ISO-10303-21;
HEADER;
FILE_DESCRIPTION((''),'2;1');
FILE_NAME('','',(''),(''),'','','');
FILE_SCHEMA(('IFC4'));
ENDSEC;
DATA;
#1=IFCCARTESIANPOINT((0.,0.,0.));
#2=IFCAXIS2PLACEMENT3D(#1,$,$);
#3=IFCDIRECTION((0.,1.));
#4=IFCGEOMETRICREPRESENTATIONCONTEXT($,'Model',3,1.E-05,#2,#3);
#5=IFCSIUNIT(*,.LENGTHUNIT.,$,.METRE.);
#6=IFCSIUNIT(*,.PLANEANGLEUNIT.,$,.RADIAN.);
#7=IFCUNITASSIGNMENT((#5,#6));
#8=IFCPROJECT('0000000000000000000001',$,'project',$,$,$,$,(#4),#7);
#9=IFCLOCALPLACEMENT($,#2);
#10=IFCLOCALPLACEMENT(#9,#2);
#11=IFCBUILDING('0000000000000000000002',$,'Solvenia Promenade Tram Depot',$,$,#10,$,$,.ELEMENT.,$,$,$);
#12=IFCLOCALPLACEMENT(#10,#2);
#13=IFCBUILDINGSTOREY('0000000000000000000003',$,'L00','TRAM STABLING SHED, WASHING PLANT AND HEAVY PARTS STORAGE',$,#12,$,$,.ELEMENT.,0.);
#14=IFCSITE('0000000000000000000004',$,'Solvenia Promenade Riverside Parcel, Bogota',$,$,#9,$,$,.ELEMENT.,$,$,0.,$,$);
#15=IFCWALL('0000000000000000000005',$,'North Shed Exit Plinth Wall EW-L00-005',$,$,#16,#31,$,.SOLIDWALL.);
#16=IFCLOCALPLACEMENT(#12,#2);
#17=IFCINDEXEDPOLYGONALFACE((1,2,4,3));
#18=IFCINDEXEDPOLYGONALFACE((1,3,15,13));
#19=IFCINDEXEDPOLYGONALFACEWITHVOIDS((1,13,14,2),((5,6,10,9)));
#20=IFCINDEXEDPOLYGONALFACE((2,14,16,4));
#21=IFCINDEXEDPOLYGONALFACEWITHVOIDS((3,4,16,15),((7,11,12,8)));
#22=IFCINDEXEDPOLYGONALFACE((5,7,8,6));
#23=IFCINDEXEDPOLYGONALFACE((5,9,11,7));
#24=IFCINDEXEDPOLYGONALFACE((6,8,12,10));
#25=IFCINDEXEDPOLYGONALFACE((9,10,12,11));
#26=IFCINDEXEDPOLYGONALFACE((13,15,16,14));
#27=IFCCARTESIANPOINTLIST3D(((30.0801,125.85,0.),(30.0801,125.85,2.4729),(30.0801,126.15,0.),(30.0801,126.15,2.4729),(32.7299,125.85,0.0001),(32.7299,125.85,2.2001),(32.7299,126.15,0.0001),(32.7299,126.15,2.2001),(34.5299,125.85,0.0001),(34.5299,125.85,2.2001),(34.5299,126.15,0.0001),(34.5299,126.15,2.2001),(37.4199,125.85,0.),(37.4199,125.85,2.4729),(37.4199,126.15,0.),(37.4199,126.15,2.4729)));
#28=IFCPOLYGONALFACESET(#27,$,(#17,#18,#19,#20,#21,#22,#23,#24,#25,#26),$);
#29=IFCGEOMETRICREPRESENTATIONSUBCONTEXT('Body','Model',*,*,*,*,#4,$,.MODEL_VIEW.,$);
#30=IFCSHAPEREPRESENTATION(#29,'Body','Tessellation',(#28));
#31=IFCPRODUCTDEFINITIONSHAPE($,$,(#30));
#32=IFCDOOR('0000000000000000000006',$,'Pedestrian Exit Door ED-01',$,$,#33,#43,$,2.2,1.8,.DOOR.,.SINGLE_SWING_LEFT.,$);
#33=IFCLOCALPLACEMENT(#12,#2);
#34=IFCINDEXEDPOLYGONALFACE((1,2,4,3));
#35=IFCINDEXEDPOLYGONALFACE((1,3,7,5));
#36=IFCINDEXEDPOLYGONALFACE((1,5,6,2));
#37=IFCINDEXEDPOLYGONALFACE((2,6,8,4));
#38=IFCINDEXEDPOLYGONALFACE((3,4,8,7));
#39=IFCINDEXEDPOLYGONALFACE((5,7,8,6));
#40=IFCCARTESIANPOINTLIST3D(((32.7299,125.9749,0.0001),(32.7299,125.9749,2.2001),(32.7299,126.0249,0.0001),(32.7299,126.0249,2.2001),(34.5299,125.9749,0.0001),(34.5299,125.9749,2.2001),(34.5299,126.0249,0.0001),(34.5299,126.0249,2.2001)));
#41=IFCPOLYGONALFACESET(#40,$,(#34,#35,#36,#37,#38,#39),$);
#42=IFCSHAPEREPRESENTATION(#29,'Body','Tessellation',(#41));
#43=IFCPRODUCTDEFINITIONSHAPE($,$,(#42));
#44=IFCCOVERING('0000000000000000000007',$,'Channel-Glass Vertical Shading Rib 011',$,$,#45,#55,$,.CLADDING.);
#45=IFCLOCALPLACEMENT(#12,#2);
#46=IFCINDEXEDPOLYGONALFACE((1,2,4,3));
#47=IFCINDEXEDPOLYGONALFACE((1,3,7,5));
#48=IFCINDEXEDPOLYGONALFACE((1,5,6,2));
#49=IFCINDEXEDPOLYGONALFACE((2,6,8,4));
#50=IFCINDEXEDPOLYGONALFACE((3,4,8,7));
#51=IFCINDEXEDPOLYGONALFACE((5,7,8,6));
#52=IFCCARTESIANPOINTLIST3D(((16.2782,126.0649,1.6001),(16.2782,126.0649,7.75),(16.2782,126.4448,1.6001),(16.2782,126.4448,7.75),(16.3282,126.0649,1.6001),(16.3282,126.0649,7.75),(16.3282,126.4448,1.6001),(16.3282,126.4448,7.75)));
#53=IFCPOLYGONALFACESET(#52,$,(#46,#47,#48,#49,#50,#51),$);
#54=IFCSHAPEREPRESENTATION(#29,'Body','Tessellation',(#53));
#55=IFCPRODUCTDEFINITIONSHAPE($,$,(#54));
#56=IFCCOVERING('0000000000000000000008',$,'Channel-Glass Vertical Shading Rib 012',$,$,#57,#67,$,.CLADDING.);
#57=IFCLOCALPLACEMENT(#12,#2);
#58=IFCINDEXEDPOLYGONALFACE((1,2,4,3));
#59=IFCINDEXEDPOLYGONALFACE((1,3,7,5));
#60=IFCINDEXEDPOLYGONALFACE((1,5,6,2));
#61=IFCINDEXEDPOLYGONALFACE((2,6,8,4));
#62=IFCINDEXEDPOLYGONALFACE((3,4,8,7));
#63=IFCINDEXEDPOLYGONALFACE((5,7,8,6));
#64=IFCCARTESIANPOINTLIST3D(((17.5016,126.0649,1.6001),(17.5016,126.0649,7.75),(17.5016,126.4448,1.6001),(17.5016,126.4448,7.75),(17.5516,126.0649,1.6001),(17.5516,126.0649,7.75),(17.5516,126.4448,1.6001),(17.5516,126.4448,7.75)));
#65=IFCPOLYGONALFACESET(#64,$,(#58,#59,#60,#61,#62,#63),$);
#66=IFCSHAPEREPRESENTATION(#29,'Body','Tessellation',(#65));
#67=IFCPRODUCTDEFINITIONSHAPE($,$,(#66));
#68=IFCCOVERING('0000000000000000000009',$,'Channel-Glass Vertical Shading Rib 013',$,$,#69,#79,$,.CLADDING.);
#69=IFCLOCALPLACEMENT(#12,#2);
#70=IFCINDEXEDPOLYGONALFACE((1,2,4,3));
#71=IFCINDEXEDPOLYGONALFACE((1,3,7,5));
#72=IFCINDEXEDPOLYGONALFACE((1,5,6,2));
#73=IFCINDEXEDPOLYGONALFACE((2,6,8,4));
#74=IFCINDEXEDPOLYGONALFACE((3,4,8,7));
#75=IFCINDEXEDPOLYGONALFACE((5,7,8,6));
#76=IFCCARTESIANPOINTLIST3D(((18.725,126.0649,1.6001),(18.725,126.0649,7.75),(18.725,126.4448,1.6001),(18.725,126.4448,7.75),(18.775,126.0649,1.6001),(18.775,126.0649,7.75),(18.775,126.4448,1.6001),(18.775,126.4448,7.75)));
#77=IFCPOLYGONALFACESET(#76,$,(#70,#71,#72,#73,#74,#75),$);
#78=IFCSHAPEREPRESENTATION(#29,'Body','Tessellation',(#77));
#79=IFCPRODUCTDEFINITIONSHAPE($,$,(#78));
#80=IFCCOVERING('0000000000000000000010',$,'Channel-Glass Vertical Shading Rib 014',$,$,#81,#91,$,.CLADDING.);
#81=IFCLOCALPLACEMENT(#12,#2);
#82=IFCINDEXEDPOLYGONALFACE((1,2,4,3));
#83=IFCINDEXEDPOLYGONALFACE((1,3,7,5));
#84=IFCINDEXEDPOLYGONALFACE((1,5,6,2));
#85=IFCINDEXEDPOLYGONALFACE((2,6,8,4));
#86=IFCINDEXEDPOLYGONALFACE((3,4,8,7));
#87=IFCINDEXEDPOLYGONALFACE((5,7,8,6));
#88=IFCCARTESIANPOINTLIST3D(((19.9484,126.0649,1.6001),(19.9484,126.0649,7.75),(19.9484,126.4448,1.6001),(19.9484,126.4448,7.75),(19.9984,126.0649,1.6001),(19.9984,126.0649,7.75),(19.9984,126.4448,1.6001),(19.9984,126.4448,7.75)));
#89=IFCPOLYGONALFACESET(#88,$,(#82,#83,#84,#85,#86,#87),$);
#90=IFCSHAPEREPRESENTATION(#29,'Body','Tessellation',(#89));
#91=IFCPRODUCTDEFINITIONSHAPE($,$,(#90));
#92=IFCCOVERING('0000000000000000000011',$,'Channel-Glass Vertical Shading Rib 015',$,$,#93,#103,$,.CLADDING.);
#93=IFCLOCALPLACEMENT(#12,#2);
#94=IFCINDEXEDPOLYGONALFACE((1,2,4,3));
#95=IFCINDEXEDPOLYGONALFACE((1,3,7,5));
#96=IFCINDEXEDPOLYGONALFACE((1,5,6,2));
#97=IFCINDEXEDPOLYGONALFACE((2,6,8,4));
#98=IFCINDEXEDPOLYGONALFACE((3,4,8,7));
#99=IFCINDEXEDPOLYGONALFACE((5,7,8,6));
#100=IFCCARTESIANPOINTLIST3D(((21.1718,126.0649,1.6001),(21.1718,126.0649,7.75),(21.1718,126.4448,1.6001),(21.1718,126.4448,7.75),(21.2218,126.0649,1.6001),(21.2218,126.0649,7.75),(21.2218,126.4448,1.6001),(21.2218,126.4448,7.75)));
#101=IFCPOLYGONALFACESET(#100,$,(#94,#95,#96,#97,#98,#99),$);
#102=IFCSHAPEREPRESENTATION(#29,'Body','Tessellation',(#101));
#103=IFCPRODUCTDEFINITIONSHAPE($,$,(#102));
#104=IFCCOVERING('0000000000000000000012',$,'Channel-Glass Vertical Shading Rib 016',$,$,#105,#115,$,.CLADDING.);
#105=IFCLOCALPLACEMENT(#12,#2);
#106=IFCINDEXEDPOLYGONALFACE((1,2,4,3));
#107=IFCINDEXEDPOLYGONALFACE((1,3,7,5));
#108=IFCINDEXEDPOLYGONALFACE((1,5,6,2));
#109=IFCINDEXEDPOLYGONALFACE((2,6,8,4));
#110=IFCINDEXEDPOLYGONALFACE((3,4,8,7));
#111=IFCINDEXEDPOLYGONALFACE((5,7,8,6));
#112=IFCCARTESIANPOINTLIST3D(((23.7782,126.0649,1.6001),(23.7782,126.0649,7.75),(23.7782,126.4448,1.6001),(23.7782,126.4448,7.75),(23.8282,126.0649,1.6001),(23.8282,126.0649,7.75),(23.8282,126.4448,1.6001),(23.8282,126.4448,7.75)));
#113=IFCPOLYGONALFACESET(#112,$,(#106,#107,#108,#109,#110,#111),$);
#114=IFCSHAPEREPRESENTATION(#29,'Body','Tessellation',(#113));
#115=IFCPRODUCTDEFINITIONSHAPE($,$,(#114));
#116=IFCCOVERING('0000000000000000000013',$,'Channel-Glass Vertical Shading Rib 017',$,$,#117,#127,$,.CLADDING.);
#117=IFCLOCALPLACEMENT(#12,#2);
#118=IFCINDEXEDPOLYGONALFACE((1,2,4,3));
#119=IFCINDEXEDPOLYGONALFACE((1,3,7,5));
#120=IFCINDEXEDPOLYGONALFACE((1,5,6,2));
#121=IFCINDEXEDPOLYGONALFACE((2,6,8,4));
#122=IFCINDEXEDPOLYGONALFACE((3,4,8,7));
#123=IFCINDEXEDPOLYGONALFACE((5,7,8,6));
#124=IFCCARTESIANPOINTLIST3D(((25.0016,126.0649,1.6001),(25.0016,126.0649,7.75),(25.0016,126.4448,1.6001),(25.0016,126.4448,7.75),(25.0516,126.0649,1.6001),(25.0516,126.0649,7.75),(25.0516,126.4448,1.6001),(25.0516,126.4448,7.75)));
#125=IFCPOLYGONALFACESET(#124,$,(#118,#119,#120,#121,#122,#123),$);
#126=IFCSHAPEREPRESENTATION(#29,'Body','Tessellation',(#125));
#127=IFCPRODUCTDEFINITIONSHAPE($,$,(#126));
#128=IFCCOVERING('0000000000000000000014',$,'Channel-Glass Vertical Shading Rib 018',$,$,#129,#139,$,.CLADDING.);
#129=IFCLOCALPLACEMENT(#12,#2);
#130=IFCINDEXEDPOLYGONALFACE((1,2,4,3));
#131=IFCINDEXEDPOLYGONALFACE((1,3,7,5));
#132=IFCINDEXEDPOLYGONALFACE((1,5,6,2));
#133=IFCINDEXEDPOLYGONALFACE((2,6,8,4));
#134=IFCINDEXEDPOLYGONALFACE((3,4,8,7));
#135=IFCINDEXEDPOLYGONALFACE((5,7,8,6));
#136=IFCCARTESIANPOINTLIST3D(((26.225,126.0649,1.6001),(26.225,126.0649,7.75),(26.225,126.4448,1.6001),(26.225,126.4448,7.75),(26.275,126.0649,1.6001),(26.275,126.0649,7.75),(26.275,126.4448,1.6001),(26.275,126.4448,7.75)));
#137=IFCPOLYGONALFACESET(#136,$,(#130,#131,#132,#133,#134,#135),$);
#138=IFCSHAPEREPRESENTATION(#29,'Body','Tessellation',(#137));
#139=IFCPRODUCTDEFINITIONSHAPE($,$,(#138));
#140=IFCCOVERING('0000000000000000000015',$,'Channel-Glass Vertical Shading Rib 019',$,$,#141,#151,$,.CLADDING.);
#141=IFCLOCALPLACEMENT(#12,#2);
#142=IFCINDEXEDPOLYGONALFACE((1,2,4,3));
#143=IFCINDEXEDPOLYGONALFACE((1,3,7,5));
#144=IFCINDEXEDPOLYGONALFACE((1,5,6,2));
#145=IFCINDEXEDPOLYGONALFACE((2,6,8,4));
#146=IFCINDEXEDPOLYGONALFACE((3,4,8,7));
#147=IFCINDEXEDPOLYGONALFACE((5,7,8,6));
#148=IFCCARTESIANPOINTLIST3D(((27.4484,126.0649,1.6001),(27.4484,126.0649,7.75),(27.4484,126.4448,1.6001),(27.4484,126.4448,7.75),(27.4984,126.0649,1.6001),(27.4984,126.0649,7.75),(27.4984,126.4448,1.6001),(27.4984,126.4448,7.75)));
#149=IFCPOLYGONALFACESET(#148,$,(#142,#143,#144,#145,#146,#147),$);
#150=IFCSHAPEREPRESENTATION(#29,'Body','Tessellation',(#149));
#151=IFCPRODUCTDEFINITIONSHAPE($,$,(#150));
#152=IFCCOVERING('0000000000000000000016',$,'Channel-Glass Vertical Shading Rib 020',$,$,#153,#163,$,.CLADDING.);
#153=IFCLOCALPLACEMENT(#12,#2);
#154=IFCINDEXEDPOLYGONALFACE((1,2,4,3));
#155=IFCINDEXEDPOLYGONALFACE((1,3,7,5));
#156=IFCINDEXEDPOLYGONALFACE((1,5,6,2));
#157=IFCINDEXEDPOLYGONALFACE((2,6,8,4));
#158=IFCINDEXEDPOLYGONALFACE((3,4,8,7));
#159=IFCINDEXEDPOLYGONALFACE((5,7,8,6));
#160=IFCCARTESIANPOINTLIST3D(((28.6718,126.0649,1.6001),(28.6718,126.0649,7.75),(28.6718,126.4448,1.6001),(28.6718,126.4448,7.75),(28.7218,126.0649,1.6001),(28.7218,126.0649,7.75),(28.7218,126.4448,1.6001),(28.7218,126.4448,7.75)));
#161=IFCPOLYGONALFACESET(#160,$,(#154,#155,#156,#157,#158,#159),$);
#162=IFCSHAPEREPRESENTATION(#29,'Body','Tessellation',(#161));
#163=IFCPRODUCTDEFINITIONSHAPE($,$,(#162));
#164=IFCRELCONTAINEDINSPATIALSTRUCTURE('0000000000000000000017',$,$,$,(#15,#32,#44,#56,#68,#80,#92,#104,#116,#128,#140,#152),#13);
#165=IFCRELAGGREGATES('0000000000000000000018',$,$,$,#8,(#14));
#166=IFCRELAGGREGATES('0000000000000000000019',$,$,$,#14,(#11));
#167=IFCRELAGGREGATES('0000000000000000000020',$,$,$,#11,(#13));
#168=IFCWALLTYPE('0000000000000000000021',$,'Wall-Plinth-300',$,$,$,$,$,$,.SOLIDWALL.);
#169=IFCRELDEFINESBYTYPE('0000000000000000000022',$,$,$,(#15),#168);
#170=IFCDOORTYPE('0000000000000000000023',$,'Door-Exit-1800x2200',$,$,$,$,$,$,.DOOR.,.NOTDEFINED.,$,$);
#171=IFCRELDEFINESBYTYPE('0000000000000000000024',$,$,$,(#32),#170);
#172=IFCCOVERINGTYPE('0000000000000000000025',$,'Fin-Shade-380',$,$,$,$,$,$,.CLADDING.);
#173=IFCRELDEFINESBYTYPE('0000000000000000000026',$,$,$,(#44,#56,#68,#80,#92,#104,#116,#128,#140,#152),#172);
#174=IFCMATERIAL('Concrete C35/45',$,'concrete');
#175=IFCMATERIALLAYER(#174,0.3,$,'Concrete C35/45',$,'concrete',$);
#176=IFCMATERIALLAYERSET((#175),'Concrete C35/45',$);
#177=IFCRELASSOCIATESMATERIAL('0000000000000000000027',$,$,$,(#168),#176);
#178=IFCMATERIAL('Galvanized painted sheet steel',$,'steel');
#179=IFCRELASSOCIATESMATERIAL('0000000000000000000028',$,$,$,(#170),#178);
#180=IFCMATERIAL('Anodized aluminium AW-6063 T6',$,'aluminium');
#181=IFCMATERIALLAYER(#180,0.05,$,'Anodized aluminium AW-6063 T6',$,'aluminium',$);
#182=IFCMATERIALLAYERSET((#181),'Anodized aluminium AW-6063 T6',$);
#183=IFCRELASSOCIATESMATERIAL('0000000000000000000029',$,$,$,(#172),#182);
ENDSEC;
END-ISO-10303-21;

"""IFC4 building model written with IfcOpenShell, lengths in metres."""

from ifc_helpers import new_model, si_unit, direction, frame, frame_2d, origin, origin_2d, place, context, subcontext, project, spatial, rectangle, extrude, material, layer, layer_set, type_object, element, fill, save


model = new_model("IFC4")

# Units and contexts
model_context = context("Model", 3, precision=1e-05, world=origin(), true_north=direction((0.0, 1.0)))
body_context = subcontext(model_context, "Body", "Model", "MODEL_VIEW")
ifc_project = project(units=[si_unit("LENGTHUNIT", "METRE"), si_unit("PLANEANGLEUNIT", "RADIAN")], contexts=[model_context])

# Site, building, storey
site_placement = place(None, origin())
site = spatial("IfcSite", under=ifc_project, at=site_placement, Name="Solvenia Promenade Riverside Parcel, Bogota", CompositionType="ELEMENT", RefElevation=0.0)
building_placement = place(site_placement, origin())
building = spatial("IfcBuilding", under=site, at=building_placement, Name="Solvenia Promenade Tram Depot", CompositionType="ELEMENT")
storey_placement = place(building_placement, origin())
storey = spatial("IfcBuildingStorey", under=building, at=storey_placement, Name="L00", Description="TRAM STABLING SHED, WASHING PLANT AND HEAVY PARTS STORAGE", CompositionType="ELEMENT", Elevation=0.0)

# Shared definitions
ifc_material_1 = material(Name="Anodized aluminium AW-6063 T6", Category="aluminium")

# Wall, opening, door
ifc_material_2 = material(Name="Concrete C35/45", Category="concrete")
ifc_layer_1 = layer(ifc_material_2, 0.3, Name="Concrete C35/45", Category="concrete")
ifc_layer_set_1 = layer_set([ifc_layer_1], Name="Concrete C35/45")
wall_type = type_object("IfcWallType", Name="Wall-Plinth-300", PredefinedType="SOLIDWALL", material=ifc_layer_set_1)
wall_placement = place(storey_placement, frame((30.0801, 126.0, 0.0), z_axis=(0.0, 0.0, 1.0), x_axis=(1.0, 0.0, 0.0)))
wall = element("IfcWall", 1, at=wall_placement, inside=storey, type_object=wall_type, Name="North Shed Exit Plinth Wall EW-L00-005", PredefinedType="SOLIDWALL", context=body_context, shape_type="SweptSolid", body=[
    extrude(rectangle(XDim=7.3398, YDim=0.3, at=frame_2d((3.6699, 0.0))), origin(), (0.0, 0.0, 1.0), 2.4729),
])
opening_placement = place(wall_placement, frame((2.6499, 0.0, 0.0)))
opening = element("IfcOpeningElement", 2, at=opening_placement, cuts=wall, PredefinedType="OPENING", context=body_context, shape_type="SweptSolid", body=[
    extrude(rectangle(XDim=1.8, YDim=2.2, at=frame_2d((0.8999, 1.1001))), frame((0.0, 0.1599, 0.0), z_axis=(0.0, -1.0, 0.0), x_axis=(1.0, 0.0, 0.0)), (0.0, 0.0, 1.0), 0.3201),
])
ifc_material_3 = material(Name="Galvanized painted sheet steel", Category="steel")
door_type = type_object("IfcDoorType", Name="Door-Exit-1800x2200", OperationType="NOTDEFINED", PredefinedType="DOOR", material=ifc_material_3)
door_placement = place(opening_placement, origin())
door = element("IfcDoor", 3, at=door_placement, inside=storey, type_object=door_type, Name="Pedestrian Exit Door ED-01", OperationType="SINGLE_SWING_LEFT", OverallHeight=2.2, OverallWidth=1.8, PredefinedType="DOOR", context=body_context, shape_type="SweptSolid", body=[
    extrude(rectangle(XDim=1.8, YDim=2.2, at=frame_2d((0.8999, 1.1001))), frame((0.0, 0.0249, 0.0), z_axis=(0.0, -1.0, 0.0), x_axis=(1.0, 0.0, 0.0)), (0.0, 0.0, 1.0), 0.05),
])
fill(opening, door)

# Coverings
ifc_layer_2 = layer(ifc_material_1, 0.05, Name="Anodized aluminium AW-6063 T6", Category="aluminium")
ifc_layer_set_2 = layer_set([ifc_layer_2], Name="Anodized aluminium AW-6063 T6")
covering_type = type_object("IfcCoveringType", Name="Fin-Shade-380", PredefinedType="CLADDING", material=ifc_layer_set_2)
for number, where, z_axis, x_axis, name in (
    (4, (16.3032, 126.2549, 1.6001), (0.0, 0.0, 1.0), (1.0, 0.0, 0.0), "Channel-Glass Vertical Shading Rib 011"),
    (5, (17.5266, 126.2549, 1.6001), (0.0, 0.0, 1.0), (1.0, 0.0, 0.0), "Channel-Glass Vertical Shading Rib 012"),
    (6, (18.75, 126.2549, 1.6001), (0.0, 0.0, 1.0), (1.0, 0.0, 0.0), "Channel-Glass Vertical Shading Rib 013"),
    (7, (19.9734, 126.2549, 1.6001), (0.0, 0.0, 1.0), (1.0, 0.0, 0.0), "Channel-Glass Vertical Shading Rib 014"),
    (8, (21.1968, 126.2549, 1.6001), (0.0, 0.0, 1.0), (1.0, 0.0, 0.0), "Channel-Glass Vertical Shading Rib 015"),
    (9, (23.8032, 126.2549, 1.6001), (0.0, 0.0, 1.0), (1.0, 0.0, 0.0), "Channel-Glass Vertical Shading Rib 016"),
    (10, (25.0266, 126.2549, 1.6001), (0.0, 0.0, 1.0), (1.0, 0.0, 0.0), "Channel-Glass Vertical Shading Rib 017"),
    (11, (26.25, 126.2549, 1.6001), (0.0, 0.0, 1.0), (1.0, 0.0, 0.0), "Channel-Glass Vertical Shading Rib 018"),
    (12, (27.4734, 126.2549, 1.6001), (0.0, 0.0, 1.0), (1.0, 0.0, 0.0), "Channel-Glass Vertical Shading Rib 019"),
    (13, (28.6968, 126.2549, 1.6001), (0.0, 0.0, 1.0), (1.0, 0.0, 0.0), "Channel-Glass Vertical Shading Rib 020"),
):
    element("IfcCovering", number, at=place(storey_placement, frame(where, z_axis=z_axis, x_axis=x_axis)), inside=storey, type_object=covering_type, Name=name, PredefinedType="CLADDING", context=body_context, shape_type="SweptSolid", body=[
        extrude(rectangle(XDim=0.05, YDim=0.3799, at=origin_2d()), origin(), (0.0, 0.0, 1.0), 6.1499),
    ])

save(model, "model.ifc")
